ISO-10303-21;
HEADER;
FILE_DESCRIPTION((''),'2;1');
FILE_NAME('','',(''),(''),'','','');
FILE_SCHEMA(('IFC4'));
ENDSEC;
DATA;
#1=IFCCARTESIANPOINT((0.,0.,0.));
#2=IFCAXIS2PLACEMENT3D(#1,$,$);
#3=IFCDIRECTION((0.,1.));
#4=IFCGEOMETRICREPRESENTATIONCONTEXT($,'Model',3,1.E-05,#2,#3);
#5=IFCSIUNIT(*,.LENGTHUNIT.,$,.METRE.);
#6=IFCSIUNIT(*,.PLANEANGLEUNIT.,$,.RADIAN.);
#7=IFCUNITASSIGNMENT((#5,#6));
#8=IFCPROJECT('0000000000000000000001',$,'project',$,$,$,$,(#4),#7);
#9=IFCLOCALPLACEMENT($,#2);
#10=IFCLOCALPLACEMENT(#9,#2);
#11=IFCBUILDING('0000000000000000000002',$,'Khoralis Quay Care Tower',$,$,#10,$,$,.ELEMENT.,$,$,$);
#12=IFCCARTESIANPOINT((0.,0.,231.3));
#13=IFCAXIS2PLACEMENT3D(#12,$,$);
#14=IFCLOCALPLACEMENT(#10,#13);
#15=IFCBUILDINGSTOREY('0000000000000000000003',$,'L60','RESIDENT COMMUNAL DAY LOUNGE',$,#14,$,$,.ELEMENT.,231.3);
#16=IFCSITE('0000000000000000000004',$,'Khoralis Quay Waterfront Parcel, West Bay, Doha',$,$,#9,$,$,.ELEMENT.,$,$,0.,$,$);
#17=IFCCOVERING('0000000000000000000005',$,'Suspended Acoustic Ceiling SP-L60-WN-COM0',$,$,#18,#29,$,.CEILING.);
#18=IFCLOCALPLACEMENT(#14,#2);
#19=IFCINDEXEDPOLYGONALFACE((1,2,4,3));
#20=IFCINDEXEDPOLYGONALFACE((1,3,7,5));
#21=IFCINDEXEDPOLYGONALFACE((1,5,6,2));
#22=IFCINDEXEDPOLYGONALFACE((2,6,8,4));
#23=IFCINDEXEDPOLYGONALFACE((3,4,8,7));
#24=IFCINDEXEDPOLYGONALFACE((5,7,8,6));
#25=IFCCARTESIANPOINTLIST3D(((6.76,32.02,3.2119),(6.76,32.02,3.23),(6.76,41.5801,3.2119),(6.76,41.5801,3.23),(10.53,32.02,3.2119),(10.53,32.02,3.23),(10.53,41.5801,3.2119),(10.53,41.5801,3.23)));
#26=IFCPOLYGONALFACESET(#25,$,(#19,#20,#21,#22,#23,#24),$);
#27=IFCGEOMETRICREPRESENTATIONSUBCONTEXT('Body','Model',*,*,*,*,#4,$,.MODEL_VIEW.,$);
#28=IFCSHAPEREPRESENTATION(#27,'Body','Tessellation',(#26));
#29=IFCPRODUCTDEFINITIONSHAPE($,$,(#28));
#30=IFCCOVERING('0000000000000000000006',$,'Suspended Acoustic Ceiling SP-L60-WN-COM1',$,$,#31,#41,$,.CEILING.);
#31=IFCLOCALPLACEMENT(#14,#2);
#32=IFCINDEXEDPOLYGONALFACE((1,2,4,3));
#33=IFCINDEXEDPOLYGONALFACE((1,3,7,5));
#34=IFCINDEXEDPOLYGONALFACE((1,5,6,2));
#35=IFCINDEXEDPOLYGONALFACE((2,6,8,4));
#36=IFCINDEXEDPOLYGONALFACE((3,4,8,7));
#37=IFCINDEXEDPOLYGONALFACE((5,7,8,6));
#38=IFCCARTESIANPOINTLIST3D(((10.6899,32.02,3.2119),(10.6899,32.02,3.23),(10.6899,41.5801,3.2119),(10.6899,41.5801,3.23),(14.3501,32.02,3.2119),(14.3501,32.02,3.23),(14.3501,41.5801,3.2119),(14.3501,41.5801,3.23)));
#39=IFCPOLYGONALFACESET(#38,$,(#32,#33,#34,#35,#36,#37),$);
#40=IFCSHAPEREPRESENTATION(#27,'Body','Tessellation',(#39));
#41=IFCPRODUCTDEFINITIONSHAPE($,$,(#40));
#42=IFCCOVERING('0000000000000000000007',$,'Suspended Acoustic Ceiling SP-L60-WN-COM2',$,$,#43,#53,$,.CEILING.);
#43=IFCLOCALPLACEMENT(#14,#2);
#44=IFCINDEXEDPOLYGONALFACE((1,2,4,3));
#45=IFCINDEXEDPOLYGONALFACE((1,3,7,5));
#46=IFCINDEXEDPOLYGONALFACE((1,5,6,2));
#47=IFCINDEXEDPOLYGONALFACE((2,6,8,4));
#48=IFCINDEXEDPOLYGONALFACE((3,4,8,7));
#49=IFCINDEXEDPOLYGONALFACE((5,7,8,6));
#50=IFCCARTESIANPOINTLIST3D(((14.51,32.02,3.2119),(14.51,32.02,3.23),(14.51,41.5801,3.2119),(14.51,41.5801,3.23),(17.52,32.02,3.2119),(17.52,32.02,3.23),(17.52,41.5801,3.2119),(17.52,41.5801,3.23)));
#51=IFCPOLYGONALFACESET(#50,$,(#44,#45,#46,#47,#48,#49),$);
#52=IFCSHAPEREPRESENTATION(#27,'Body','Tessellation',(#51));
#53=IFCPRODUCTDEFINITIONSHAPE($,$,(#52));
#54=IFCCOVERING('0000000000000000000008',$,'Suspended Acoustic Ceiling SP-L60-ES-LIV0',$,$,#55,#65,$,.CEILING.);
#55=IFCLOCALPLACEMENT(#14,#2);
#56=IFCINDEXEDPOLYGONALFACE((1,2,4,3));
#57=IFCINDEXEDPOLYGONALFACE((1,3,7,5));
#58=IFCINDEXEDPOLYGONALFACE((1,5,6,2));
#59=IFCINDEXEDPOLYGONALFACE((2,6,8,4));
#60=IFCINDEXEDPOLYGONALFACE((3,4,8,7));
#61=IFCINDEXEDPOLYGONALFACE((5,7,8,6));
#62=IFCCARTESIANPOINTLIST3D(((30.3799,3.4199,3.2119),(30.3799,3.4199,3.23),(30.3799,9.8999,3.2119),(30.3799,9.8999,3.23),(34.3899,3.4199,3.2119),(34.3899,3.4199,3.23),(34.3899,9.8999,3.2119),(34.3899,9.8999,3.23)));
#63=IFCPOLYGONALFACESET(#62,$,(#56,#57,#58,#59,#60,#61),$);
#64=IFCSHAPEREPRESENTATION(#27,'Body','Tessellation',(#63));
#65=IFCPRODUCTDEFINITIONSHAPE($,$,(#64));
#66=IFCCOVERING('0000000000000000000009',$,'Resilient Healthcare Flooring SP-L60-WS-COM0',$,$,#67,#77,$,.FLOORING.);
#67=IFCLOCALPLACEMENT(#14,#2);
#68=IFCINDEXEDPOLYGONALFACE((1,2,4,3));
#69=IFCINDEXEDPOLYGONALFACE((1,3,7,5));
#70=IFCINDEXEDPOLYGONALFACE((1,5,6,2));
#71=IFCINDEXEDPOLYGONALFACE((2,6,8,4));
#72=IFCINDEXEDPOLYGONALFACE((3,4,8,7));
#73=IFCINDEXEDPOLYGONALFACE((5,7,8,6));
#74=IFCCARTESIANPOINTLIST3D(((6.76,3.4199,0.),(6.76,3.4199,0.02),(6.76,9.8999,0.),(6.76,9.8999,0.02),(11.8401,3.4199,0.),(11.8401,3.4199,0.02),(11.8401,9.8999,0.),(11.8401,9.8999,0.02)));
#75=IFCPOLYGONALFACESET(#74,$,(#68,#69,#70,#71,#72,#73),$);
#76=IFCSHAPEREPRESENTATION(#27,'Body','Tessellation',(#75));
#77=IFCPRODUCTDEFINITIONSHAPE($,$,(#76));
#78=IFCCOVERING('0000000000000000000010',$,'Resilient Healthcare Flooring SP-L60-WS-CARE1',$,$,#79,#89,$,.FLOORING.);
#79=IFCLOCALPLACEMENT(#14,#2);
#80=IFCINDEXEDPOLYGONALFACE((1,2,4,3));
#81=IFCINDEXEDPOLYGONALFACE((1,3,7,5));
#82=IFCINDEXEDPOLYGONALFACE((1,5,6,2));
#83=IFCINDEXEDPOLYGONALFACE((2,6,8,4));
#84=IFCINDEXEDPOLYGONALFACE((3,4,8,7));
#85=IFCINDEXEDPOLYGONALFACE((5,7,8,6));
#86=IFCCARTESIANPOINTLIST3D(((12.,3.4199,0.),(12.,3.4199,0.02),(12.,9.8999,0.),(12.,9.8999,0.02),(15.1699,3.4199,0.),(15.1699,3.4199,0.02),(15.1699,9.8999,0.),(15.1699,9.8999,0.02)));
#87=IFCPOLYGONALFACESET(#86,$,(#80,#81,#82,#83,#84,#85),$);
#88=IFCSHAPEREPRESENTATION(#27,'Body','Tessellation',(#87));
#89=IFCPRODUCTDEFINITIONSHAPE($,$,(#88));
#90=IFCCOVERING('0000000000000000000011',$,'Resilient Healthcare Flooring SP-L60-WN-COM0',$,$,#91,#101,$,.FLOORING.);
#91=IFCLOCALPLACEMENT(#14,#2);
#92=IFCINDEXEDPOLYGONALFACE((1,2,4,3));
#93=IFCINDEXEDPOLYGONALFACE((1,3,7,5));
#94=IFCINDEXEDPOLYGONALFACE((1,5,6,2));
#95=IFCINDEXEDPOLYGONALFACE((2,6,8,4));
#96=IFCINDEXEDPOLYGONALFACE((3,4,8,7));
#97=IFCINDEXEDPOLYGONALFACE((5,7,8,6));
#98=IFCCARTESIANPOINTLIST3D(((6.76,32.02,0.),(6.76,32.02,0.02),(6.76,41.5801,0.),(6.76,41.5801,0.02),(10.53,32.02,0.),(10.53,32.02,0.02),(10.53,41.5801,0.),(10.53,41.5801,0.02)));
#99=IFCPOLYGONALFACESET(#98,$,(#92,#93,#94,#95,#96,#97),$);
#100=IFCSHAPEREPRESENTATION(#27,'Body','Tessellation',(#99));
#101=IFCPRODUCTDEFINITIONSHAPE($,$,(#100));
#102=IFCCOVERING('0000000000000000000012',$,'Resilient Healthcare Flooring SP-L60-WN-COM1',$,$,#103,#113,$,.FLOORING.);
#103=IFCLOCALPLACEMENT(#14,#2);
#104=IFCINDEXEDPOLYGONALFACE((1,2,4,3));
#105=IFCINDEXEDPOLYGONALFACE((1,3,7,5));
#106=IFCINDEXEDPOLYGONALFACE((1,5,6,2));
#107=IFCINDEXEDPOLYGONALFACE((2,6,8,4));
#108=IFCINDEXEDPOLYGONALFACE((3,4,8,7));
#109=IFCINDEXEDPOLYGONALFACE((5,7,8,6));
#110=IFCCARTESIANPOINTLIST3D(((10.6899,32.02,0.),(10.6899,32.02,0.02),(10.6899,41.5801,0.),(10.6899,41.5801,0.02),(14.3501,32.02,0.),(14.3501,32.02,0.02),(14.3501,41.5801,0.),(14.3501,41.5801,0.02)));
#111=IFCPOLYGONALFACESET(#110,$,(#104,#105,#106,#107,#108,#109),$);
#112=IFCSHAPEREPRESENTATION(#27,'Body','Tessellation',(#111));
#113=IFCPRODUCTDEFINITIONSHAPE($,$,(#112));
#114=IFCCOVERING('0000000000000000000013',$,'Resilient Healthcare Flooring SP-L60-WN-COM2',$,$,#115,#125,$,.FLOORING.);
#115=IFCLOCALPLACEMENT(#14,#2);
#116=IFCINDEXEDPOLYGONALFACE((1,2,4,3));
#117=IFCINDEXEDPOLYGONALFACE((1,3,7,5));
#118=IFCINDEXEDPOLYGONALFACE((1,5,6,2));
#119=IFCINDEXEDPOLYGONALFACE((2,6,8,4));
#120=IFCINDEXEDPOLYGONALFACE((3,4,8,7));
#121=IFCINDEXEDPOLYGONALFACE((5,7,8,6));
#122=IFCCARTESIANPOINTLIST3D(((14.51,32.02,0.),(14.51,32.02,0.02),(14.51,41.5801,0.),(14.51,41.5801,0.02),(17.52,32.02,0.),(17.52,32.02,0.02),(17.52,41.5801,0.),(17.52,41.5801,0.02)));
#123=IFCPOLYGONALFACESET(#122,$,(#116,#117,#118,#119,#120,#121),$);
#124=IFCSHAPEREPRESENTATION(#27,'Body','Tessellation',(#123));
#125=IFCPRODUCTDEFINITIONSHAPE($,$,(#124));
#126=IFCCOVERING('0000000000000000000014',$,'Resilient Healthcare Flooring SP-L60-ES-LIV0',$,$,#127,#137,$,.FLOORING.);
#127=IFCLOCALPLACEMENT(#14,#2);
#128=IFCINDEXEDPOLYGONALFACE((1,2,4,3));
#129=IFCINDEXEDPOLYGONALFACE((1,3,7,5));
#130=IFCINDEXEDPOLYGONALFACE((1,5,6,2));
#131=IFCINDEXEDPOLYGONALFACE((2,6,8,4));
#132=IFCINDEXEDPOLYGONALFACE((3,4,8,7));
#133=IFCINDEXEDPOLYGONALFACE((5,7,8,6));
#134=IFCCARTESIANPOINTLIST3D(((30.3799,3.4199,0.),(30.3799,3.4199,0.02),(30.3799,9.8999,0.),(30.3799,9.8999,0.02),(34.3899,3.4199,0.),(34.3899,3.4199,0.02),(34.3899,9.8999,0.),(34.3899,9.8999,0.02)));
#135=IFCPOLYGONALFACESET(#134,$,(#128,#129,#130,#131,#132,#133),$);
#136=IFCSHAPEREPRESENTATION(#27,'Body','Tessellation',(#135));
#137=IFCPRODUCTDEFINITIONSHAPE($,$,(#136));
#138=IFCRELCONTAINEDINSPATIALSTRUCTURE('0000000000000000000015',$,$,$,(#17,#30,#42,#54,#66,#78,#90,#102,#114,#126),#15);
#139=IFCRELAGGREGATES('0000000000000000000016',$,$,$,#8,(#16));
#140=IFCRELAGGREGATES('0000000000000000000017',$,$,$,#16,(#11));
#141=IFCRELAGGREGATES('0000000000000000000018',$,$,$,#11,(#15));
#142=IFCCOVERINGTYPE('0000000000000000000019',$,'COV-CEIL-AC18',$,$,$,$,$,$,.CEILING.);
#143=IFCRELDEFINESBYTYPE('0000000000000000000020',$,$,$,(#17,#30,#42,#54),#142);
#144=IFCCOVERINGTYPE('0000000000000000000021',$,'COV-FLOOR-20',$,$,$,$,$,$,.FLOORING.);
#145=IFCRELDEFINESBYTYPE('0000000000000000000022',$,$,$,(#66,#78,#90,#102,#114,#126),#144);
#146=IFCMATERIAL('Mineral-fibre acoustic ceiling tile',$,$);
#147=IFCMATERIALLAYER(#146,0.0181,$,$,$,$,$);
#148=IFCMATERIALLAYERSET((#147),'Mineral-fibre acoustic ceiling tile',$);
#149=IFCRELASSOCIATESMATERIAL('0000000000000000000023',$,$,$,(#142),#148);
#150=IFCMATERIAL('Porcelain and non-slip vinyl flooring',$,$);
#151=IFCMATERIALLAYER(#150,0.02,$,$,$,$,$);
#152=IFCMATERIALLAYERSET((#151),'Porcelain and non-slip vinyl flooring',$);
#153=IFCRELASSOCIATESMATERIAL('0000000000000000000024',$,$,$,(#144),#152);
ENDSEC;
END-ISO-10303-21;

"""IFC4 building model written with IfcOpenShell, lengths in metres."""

from ifc_helpers import new_model, si_unit, direction, frame, origin, place, context, subcontext, project, spatial, polyline, outline, extrude, material, layer, layer_set, type_object, element, save


model = new_model("IFC4")

# Units and contexts
model_context = context("Model", 3, precision=1e-05, world=origin(), true_north=direction((0.0, 1.0)))
body_context = subcontext(model_context, "Body", "Model", "MODEL_VIEW")
ifc_project = project(units=[si_unit("LENGTHUNIT", "METRE"), si_unit("PLANEANGLEUNIT", "RADIAN")], contexts=[model_context])

# Site, building, storey
site_placement = place(None, origin())
site = spatial("IfcSite", under=ifc_project, at=site_placement, Name="Khoralis Quay Waterfront Parcel, West Bay, Doha", CompositionType="ELEMENT", RefElevation=0.0)
building_placement = place(site_placement, origin())
building = spatial("IfcBuilding", under=site, at=building_placement, Name="Khoralis Quay Care Tower", CompositionType="ELEMENT")
storey_placement = place(building_placement, frame((0.0, 0.0, 231.3)))
storey = spatial("IfcBuildingStorey", under=building, at=storey_placement, Name="L60", Description="RESIDENT COMMUNAL DAY LOUNGE", CompositionType="ELEMENT", Elevation=231.3)

# Coverings
ifc_material_1 = material(Name="Mineral-fibre acoustic ceiling tile")
ifc_layer_1 = layer(ifc_material_1, 0.0181)
ifc_layer_set_1 = layer_set([ifc_layer_1], Name="Mineral-fibre acoustic ceiling tile")
covering_type_1 = type_object("IfcCoveringType", Name="COV-CEIL-AC18", PredefinedType="CEILING", material=ifc_layer_set_1)
covering_1_placement = place(storey_placement, frame((0.0, 0.0, 3.2119)))
element("IfcCovering", 1, at=covering_1_placement, inside=storey, type_object=covering_type_1, Name="Suspended Acoustic Ceiling SP-L60-WN-COM0", PredefinedType="CEILING", context=body_context, shape_type="SweptSolid", body=[
    extrude(outline(polyline([(6.76, 32.02), (10.53, 32.02), (10.53, 41.5801), (6.76, 41.5801), (6.76, 32.02)])), origin(), (0.0, 0.0, 1.0), 0.0181),
])
covering_2_placement = place(storey_placement, frame((0.0, 0.0, 3.2119)))
element("IfcCovering", 2, at=covering_2_placement, inside=storey, type_object=covering_type_1, Name="Suspended Acoustic Ceiling SP-L60-WN-COM1", PredefinedType="CEILING", context=body_context, shape_type="SweptSolid", body=[
    extrude(outline(polyline([(10.6899, 32.02), (14.3501, 32.02), (14.3501, 41.5801), (10.6899, 41.5801), (10.6899, 32.02)])), origin(), (0.0, 0.0, 1.0), 0.0181),
])
covering_3_placement = place(storey_placement, frame((0.0, 0.0, 3.2119)))
element("IfcCovering", 3, at=covering_3_placement, inside=storey, type_object=covering_type_1, Name="Suspended Acoustic Ceiling SP-L60-WN-COM2", PredefinedType="CEILING", context=body_context, shape_type="SweptSolid", body=[
    extrude(outline(polyline([(14.51, 32.02), (17.52, 32.02), (17.52, 41.5801), (14.51, 41.5801), (14.51, 32.02)])), origin(), (0.0, 0.0, 1.0), 0.0181),
])
covering_4_placement = place(storey_placement, frame((0.0, 0.0, 3.2119)))
element("IfcCovering", 4, at=covering_4_placement, inside=storey, type_object=covering_type_1, Name="Suspended Acoustic Ceiling SP-L60-ES-LIV0", PredefinedType="CEILING", context=body_context, shape_type="SweptSolid", body=[
    extrude(outline(polyline([(30.3799, 3.4199), (34.3899, 3.4199), (34.3899, 9.8999), (30.3799, 9.8999), (30.3799, 3.4199)])), origin(), (0.0, 0.0, 1.0), 0.0181),
])
ifc_material_2 = material(Name="Porcelain and non-slip vinyl flooring")
ifc_layer_2 = layer(ifc_material_2, 0.02)
ifc_layer_set_2 = layer_set([ifc_layer_2], Name="Porcelain and non-slip vinyl flooring")
covering_type_2 = type_object("IfcCoveringType", Name="COV-FLOOR-20", PredefinedType="FLOORING", material=ifc_layer_set_2)
covering_5_placement = place(storey_placement, origin())
element("IfcCovering", 5, at=covering_5_placement, inside=storey, type_object=covering_type_2, Name="Resilient Healthcare Flooring SP-L60-WS-COM0", PredefinedType="FLOORING", context=body_context, shape_type="SweptSolid", body=[
    extrude(outline(polyline([(6.76, 3.4199), (11.8401, 3.4199), (11.8401, 9.8999), (6.76, 9.8999), (6.76, 3.4199)])), origin(), (0.0, 0.0, 1.0), 0.02),
])
covering_6_placement = place(storey_placement, origin())
element("IfcCovering", 6, at=covering_6_placement, inside=storey, type_object=covering_type_2, Name="Resilient Healthcare Flooring SP-L60-WS-CARE1", PredefinedType="FLOORING", context=body_context, shape_type="SweptSolid", body=[
    extrude(outline(polyline([(12.0, 3.4199), (15.1699, 3.4199), (15.1699, 9.8999), (12.0, 9.8999), (12.0, 3.4199)])), origin(), (0.0, 0.0, 1.0), 0.02),
])
covering_7_placement = place(storey_placement, origin())
element("IfcCovering", 7, at=covering_7_placement, inside=storey, type_object=covering_type_2, Name="Resilient Healthcare Flooring SP-L60-WN-COM0", PredefinedType="FLOORING", context=body_context, shape_type="SweptSolid", body=[
    extrude(outline(polyline([(6.76, 32.02), (10.53, 32.02), (10.53, 41.5801), (6.76, 41.5801), (6.76, 32.02)])), origin(), (0.0, 0.0, 1.0), 0.02),
])
covering_8_placement = place(storey_placement, origin())
element("IfcCovering", 8, at=covering_8_placement, inside=storey, type_object=covering_type_2, Name="Resilient Healthcare Flooring SP-L60-WN-COM1", PredefinedType="FLOORING", context=body_context, shape_type="SweptSolid", body=[
    extrude(outline(polyline([(10.6899, 32.02), (14.3501, 32.02), (14.3501, 41.5801), (10.6899, 41.5801), (10.6899, 32.02)])), origin(), (0.0, 0.0, 1.0), 0.02),
])
covering_9_placement = place(storey_placement, origin())
element("IfcCovering", 9, at=covering_9_placement, inside=storey, type_object=covering_type_2, Name="Resilient Healthcare Flooring SP-L60-WN-COM2", PredefinedType="FLOORING", context=body_context, shape_type="SweptSolid", body=[
    extrude(outline(polyline([(14.51, 32.02), (17.52, 32.02), (17.52, 41.5801), (14.51, 41.5801), (14.51, 32.02)])), origin(), (0.0, 0.0, 1.0), 0.02),
])
covering_10_placement = place(storey_placement, origin())
element("IfcCovering", 10, at=covering_10_placement, inside=storey, type_object=covering_type_2, Name="Resilient Healthcare Flooring SP-L60-ES-LIV0", PredefinedType="FLOORING", context=body_context, shape_type="SweptSolid", body=[
    extrude(outline(polyline([(30.3799, 3.4199), (34.3899, 3.4199), (34.3899, 9.8999), (30.3799, 9.8999), (30.3799, 3.4199)])), origin(), (0.0, 0.0, 1.0), 0.02),
])

save(model, "model.ifc")
